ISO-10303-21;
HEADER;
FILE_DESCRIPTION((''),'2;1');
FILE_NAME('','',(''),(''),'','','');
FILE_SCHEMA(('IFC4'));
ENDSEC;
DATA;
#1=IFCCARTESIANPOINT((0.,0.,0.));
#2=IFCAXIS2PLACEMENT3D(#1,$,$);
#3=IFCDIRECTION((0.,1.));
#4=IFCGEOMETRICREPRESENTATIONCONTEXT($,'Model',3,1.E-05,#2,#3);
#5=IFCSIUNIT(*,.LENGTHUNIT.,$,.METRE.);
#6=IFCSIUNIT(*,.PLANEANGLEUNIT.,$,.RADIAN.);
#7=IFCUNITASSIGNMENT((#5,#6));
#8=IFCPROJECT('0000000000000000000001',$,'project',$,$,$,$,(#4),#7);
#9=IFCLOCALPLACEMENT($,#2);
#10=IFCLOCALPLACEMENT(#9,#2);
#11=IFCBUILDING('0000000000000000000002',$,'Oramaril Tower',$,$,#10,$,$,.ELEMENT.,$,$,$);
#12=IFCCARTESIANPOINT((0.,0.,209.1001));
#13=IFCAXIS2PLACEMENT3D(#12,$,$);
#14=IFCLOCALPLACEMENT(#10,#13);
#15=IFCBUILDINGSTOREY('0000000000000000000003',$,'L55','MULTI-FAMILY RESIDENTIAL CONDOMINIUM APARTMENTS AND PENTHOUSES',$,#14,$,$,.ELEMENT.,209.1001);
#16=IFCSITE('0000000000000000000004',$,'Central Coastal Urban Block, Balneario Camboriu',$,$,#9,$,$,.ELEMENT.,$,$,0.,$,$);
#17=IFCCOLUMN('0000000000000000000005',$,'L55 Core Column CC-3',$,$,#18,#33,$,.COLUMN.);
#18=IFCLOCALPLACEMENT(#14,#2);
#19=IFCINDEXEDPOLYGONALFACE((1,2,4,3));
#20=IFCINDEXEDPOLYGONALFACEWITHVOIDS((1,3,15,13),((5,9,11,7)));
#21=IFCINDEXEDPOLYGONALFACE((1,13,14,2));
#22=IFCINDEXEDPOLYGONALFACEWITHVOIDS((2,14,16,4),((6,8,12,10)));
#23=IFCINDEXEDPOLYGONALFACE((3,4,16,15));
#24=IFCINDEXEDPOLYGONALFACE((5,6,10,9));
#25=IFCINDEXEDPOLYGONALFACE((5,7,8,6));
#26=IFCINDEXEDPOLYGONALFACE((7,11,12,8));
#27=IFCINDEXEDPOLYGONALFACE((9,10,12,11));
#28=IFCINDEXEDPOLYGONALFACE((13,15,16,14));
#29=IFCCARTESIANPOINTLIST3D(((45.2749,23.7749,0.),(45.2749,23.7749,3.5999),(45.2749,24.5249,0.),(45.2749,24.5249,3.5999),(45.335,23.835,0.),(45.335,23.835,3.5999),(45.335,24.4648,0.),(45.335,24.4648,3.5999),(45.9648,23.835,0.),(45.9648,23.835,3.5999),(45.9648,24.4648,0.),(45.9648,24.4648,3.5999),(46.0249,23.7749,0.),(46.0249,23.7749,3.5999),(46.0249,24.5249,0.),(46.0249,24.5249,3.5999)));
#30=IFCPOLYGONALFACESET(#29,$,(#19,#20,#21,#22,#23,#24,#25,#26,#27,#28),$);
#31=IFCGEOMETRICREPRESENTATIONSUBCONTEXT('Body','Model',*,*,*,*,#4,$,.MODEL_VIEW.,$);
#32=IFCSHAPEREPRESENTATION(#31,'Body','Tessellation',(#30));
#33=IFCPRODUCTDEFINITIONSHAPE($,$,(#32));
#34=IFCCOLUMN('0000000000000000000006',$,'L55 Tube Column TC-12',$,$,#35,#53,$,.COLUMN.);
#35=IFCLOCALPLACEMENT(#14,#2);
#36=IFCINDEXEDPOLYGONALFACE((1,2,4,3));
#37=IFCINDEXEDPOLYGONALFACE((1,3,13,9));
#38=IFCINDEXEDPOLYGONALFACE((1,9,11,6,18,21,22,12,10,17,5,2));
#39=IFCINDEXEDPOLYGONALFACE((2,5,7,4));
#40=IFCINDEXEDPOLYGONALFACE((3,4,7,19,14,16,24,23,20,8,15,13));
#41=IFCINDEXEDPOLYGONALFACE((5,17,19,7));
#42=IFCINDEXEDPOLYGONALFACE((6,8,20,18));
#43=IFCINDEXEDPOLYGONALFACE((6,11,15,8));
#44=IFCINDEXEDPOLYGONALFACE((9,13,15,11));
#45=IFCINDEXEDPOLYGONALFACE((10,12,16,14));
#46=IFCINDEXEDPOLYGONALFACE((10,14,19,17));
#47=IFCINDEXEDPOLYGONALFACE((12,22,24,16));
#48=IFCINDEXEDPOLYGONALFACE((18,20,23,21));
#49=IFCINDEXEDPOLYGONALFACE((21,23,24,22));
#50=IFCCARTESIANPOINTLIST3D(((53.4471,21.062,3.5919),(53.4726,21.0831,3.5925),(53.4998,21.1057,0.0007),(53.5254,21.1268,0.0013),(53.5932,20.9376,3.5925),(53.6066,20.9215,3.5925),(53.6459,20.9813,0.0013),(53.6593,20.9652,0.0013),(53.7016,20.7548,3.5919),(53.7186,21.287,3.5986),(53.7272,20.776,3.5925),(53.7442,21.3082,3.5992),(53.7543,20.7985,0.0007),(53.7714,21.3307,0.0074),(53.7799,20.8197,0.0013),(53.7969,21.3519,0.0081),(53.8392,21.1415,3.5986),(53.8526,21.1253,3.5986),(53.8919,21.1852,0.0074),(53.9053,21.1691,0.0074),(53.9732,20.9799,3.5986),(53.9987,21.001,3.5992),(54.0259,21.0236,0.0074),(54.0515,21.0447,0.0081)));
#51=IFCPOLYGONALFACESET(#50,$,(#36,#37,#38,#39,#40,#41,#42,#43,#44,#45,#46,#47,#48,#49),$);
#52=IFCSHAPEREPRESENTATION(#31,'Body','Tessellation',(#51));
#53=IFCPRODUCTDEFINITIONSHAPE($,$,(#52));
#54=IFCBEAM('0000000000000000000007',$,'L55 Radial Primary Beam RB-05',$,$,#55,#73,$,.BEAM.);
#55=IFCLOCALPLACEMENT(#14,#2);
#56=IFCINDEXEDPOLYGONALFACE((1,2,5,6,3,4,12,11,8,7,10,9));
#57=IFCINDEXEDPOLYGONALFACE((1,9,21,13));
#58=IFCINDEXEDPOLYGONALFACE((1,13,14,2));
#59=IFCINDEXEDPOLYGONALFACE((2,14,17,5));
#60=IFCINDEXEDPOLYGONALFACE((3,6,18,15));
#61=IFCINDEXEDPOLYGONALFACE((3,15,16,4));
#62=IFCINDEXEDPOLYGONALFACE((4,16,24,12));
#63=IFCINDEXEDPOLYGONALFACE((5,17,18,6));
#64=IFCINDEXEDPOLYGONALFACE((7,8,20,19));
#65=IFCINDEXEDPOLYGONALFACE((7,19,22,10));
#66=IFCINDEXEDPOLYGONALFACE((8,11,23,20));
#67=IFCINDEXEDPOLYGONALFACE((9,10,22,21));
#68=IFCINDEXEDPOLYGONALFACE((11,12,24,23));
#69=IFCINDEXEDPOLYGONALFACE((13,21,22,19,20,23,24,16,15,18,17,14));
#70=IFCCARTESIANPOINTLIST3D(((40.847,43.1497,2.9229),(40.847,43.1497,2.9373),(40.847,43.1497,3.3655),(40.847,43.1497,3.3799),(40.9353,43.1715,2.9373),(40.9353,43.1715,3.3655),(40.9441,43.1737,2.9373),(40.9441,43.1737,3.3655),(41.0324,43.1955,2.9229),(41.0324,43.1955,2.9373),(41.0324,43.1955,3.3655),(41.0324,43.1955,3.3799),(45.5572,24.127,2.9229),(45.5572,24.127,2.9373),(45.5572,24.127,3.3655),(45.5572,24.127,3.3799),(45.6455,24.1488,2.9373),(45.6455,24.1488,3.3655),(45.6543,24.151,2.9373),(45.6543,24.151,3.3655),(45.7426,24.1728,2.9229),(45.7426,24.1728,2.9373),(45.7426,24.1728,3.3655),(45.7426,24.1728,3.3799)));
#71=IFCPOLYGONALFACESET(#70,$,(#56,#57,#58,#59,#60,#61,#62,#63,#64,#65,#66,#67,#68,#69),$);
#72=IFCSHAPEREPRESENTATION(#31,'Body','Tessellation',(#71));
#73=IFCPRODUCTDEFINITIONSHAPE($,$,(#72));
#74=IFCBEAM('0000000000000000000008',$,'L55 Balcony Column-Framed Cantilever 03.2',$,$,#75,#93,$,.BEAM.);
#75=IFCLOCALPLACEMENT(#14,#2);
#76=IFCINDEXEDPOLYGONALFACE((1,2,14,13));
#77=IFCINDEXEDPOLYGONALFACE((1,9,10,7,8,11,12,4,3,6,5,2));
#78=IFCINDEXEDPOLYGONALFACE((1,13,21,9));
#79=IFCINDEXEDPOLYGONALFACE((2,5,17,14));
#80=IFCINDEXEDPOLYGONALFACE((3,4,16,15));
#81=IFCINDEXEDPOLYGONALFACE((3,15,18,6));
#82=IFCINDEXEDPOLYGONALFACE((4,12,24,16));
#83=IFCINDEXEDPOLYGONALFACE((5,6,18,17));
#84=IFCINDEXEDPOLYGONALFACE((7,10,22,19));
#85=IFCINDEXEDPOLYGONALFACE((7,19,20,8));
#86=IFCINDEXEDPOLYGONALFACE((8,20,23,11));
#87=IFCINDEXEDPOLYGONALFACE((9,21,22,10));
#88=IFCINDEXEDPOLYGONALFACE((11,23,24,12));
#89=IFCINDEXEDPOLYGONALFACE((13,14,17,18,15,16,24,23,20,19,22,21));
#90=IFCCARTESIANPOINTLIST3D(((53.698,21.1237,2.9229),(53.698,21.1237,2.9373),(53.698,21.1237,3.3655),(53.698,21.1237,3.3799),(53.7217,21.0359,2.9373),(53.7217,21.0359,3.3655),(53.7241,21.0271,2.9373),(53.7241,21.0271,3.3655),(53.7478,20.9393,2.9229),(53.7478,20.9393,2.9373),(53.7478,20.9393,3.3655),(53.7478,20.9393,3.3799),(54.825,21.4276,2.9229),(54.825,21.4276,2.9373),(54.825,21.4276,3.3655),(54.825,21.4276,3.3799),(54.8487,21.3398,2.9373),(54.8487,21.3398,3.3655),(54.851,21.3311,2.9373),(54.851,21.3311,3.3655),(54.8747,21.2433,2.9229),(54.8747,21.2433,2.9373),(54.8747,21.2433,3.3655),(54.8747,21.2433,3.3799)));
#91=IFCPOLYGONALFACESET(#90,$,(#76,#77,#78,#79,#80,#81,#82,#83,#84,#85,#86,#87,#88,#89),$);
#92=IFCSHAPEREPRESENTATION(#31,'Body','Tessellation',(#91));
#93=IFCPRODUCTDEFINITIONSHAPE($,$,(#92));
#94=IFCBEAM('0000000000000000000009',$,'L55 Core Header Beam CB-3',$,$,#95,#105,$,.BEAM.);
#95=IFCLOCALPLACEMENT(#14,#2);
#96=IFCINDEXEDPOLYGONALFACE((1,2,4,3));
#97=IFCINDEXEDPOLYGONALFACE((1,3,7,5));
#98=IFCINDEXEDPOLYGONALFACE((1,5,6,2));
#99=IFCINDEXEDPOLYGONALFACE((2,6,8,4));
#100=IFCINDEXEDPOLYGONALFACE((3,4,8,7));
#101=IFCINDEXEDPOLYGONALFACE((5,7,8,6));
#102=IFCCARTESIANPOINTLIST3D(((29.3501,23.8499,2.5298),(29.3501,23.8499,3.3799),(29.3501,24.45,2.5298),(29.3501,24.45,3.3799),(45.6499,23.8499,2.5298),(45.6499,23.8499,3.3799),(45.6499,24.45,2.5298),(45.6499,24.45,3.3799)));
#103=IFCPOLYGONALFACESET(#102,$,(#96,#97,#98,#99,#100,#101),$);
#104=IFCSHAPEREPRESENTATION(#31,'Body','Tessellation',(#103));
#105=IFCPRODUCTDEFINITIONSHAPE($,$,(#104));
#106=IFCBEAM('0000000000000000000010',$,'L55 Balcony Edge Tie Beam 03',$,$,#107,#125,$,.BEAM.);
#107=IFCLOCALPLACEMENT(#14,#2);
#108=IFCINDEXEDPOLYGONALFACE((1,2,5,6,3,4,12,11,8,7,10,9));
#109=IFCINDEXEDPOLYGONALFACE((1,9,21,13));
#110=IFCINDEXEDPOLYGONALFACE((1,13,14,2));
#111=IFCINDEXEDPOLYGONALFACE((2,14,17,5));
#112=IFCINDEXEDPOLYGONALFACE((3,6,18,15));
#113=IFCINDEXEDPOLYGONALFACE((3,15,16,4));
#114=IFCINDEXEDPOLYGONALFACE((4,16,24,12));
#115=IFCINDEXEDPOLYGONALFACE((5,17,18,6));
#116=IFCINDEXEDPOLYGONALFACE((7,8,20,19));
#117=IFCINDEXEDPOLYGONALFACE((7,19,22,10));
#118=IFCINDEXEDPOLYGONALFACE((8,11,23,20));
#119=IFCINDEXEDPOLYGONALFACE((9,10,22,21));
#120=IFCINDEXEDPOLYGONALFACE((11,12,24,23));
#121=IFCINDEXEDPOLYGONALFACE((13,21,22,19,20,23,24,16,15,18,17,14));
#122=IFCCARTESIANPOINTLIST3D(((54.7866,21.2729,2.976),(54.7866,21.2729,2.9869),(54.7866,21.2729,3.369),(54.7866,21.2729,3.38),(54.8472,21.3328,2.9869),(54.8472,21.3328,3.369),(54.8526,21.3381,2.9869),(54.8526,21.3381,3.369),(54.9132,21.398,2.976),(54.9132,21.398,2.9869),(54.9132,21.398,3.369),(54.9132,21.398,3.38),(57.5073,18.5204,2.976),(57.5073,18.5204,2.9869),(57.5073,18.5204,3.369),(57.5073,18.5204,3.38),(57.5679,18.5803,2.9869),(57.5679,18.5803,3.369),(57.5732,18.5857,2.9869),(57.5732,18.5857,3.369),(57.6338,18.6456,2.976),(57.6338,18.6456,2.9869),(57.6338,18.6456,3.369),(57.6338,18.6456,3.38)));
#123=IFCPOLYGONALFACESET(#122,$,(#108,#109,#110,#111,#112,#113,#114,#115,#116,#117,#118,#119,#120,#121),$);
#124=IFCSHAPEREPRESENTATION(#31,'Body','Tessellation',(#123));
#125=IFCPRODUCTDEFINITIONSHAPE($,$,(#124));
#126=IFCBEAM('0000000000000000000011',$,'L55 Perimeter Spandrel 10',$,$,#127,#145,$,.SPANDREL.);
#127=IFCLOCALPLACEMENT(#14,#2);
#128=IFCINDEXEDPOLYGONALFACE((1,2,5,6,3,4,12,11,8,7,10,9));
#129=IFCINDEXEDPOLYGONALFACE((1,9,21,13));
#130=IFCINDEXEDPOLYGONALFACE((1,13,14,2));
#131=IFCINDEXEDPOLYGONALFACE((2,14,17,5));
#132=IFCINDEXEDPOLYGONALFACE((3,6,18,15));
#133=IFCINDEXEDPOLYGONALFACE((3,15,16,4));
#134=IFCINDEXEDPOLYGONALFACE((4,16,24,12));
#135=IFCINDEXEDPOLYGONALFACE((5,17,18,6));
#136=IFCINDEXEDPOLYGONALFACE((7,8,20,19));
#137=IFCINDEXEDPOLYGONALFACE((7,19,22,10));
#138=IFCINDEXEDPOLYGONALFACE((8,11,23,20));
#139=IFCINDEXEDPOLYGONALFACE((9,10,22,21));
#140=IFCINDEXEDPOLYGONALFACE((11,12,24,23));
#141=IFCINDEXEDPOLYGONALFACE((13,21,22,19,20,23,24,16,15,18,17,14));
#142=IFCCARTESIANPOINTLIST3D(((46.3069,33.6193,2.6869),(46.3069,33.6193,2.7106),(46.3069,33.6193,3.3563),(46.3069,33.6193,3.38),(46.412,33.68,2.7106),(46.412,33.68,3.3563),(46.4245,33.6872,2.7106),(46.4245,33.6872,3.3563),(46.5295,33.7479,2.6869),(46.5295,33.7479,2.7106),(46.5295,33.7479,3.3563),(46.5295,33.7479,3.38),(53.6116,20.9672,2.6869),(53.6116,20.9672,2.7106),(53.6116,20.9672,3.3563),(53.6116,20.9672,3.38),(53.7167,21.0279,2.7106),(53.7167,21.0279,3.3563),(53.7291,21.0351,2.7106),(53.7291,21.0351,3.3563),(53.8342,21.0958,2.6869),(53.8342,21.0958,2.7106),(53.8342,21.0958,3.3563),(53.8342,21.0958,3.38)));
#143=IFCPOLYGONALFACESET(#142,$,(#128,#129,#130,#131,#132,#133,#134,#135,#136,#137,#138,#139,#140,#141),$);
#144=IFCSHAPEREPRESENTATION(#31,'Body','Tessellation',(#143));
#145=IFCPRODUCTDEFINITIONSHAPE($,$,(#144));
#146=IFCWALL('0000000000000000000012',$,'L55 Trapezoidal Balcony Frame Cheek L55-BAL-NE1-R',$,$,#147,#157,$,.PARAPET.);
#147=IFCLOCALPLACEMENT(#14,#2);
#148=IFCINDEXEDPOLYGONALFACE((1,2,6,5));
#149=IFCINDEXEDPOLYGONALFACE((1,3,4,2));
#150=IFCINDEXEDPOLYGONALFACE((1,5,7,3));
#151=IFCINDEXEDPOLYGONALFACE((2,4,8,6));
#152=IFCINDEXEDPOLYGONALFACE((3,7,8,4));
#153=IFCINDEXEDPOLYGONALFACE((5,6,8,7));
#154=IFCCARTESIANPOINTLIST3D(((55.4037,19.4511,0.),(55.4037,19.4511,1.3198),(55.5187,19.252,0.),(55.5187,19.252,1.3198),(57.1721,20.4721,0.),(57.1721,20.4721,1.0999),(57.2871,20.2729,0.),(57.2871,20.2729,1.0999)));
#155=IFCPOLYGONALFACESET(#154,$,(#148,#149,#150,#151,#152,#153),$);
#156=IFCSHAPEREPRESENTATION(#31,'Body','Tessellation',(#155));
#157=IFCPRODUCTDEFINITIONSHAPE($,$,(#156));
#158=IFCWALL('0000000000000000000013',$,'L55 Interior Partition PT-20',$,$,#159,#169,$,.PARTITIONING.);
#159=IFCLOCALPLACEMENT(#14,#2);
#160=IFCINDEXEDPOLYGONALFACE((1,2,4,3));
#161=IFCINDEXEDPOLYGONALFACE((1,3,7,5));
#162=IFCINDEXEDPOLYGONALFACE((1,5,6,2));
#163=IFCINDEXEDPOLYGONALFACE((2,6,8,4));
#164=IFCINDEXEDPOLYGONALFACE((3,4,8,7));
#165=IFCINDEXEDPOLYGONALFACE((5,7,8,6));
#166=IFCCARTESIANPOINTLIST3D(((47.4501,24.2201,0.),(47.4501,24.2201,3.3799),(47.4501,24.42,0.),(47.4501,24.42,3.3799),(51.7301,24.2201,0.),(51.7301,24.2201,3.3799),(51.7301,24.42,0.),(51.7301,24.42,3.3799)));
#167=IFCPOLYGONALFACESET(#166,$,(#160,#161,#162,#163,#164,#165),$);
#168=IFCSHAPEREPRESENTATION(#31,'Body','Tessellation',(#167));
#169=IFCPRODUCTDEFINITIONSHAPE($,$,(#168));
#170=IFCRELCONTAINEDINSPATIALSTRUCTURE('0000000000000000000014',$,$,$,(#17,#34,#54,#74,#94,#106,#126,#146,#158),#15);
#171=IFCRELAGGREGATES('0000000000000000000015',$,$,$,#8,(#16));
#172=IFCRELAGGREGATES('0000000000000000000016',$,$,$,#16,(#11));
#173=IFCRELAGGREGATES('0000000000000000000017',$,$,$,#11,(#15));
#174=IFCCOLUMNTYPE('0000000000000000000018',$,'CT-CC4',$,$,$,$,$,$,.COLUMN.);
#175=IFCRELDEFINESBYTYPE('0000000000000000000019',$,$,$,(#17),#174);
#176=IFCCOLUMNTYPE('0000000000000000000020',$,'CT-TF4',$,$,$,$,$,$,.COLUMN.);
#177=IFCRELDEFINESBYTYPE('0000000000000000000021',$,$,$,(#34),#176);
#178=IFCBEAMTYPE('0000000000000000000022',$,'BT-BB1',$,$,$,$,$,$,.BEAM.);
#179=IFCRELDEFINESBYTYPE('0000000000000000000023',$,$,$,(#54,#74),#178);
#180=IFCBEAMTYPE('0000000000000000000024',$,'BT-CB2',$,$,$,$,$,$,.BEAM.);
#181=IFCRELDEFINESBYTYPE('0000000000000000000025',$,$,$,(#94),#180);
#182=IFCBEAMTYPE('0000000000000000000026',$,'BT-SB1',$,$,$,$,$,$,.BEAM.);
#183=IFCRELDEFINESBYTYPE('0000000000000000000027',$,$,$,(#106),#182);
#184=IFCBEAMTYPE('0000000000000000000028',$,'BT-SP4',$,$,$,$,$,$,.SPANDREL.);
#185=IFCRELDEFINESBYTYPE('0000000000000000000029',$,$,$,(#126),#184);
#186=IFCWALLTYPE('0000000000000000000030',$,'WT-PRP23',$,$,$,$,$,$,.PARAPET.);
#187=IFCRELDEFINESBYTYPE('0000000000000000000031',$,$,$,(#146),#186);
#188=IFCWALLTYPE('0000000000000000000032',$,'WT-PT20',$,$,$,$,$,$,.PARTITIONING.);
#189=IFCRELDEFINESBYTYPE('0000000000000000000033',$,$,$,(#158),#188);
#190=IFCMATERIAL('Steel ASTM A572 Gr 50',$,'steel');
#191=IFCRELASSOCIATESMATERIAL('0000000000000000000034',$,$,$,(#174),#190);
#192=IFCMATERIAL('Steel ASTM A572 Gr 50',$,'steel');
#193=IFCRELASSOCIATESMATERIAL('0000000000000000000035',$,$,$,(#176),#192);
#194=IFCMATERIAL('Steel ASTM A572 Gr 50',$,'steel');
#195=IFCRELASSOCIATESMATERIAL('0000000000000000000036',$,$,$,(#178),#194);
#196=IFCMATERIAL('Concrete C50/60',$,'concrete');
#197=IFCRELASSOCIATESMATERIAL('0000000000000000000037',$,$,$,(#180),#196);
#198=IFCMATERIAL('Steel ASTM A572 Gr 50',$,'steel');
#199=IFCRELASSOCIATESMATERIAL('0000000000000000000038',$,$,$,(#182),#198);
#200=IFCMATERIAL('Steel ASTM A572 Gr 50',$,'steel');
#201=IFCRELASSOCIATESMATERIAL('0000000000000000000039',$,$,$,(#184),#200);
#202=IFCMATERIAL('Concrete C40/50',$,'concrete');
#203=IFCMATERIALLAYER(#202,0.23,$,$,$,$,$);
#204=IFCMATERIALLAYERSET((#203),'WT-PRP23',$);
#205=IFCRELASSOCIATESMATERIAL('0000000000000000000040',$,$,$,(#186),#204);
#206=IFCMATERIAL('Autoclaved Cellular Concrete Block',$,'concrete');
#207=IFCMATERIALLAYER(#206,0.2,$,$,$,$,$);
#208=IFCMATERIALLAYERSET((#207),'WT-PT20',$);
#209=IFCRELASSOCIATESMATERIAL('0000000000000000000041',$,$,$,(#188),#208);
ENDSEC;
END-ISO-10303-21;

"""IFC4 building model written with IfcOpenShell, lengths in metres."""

from ifc_helpers import new_model, si_unit, direction, frame, frame_2d, origin, origin_2d, place, context, subcontext, project, spatial, polyline, rectangle, hollow_rectangle, i_section, outline, extrude, material, layer, layer_set, material_profile, profile_set, type_object, element, save


model = new_model("IFC4")

# Units and contexts
model_context = context("Model", 3, precision=1e-05, world=origin(), true_north=direction((0.0, 1.0)))
body_context = subcontext(model_context, "Body", "Model", "MODEL_VIEW")
ifc_project = project(units=[si_unit("LENGTHUNIT", "METRE"), si_unit("PLANEANGLEUNIT", "RADIAN")], contexts=[model_context])

# Site, building, storey
site_placement = place(None, origin())
site = spatial("IfcSite", under=ifc_project, at=site_placement, Name="Central Coastal Urban Block, Balneario Camboriu", CompositionType="ELEMENT", RefElevation=0.0)
building_placement = place(site_placement, origin())
building = spatial("IfcBuilding", under=site, at=building_placement, Name="Oramaril Tower", CompositionType="ELEMENT")
storey_placement = place(building_placement, frame((0.0, 0.0, 209.1001)))
storey = spatial("IfcBuildingStorey", under=building, at=storey_placement, Name="L55", Description="MULTI-FAMILY RESIDENTIAL CONDOMINIUM APARTMENTS AND PENTHOUSES", CompositionType="ELEMENT", Elevation=209.1001)

# Columns
ifc_material_1 = material(Name="Steel ASTM A572 Gr 50", Category="steel")
ifc_material_profile_1 = material_profile(ifc_material_1, hollow_rectangle(XDim=0.75, YDim=0.75, WallThickness=0.0601, at=origin_2d()), Name="BOX750X750X60")
ifc_profile_set_1 = profile_set([ifc_material_profile_1], Name="Steel ASTM A572 Gr 50")
column_type_1 = type_object("IfcColumnType", Name="CT-CC4", PredefinedType="COLUMN", material=ifc_profile_set_1)
column_1_placement = place(storey_placement, frame((45.6499, 24.1499, 0.0), z_axis=(0.0, 0.0, 1.0), x_axis=(1.0, 0.0, 0.0)))
element("IfcColumn", 1, at=column_1_placement, inside=storey, type_object=column_type_1, Name="L55 Core Column CC-3", PredefinedType="COLUMN", context=body_context, shape_type="SweptSolid", body=[
    extrude(hollow_rectangle(XDim=0.75, YDim=0.75, WallThickness=0.0601, at=origin_2d()), origin(), (0.0, 0.0, 1.0), 3.5999),
])
ifc_material_2 = material(Name="Steel ASTM A572 Gr 50", Category="steel")
ifc_material_profile_2 = material_profile(ifc_material_2, i_section(OverallWidth=0.3989, OverallDepth=0.386, WebThickness=0.021, FlangeThickness=0.0332, at=origin_2d()), Name="W14X176")
ifc_profile_set_2 = profile_set([ifc_material_profile_2], Name="Steel ASTM A572 Gr 50")
column_type_2 = type_object("IfcColumnType", Name="CT-TF4", PredefinedType="COLUMN", material=ifc_profile_set_2)
column_2_placement = place(storey_placement, frame((53.7756, 21.0752, 0.0044), z_axis=(-0.014682, -0.012167, 0.999818), x_axis=(0.638078, -0.769972, 0.0)))
element("IfcColumn", 2, at=column_2_placement, inside=storey, type_object=column_type_2, Name="L55 Tube Column TC-12", PredefinedType="COLUMN", context=body_context, shape_type="SweptSolid", body=[
    extrude(i_section(OverallWidth=0.3989, OverallDepth=0.386, WebThickness=0.021, FlangeThickness=0.0332, at=origin_2d()), origin(), (0.0, 0.0, 1.0), 3.5918),
])

# Beams
ifc_material_3 = material(Name="Steel ASTM A572 Gr 50", Category="steel")
ifc_material_profile_3 = material_profile(ifc_material_3, i_section(OverallWidth=0.1909, OverallDepth=0.457, WebThickness=0.009, FlangeThickness=0.0144, at=origin_2d()), Name="W18X50")
ifc_profile_set_3 = profile_set([ifc_material_profile_3], Name="Steel ASTM A572 Gr 50")
beam_type_1 = type_object("IfcBeamType", Name="BT-BB1", PredefinedType="BEAM", material=ifc_profile_set_3)
beam_1_placement = place(storey_placement, frame((45.6499, 24.1499, 3.1514), z_axis=(-0.240351, 0.970686, 0.0), x_axis=(-0.970686, -0.240351, 0.0)))
element("IfcBeam", 3, at=beam_1_placement, inside=storey, type_object=beam_type_1, Name="L55 Radial Primary Beam RB-05", PredefinedType="BEAM", context=body_context, shape_type="SweptSolid", body=[
    extrude(i_section(OverallWidth=0.1909, OverallDepth=0.457, WebThickness=0.009, FlangeThickness=0.0144, at=origin_2d()), origin(), (0.0, 0.0, 1.0), 19.5972),
])
beam_2_placement = place(storey_placement, frame((53.7229, 21.0315, 3.1514), z_axis=(0.965499, 0.260409, 0.0), x_axis=(-0.260409, 0.965499, 0.0)))
element("IfcBeam", 4, at=beam_2_placement, inside=storey, type_object=beam_type_1, Name="L55 Balcony Column-Framed Cantilever 03.2", PredefinedType="BEAM", context=body_context, shape_type="SweptSolid", body=[
    extrude(i_section(OverallWidth=0.1909, OverallDepth=0.457, WebThickness=0.009, FlangeThickness=0.0144, at=origin_2d()), origin(), (0.0, 0.0, 1.0), 1.1672),
])
ifc_material_4 = material(Name="Concrete C50/60", Category="concrete")
ifc_material_profile_4 = material_profile(ifc_material_4, rectangle(XDim=0.6001, YDim=0.8501, at=origin_2d()), Name="CB600X850")
ifc_profile_set_4 = profile_set([ifc_material_profile_4], Name="Concrete C50/60")
beam_type_2 = type_object("IfcBeamType", Name="BT-CB2", PredefinedType="BEAM", material=ifc_profile_set_4)
beam_3_placement = place(storey_placement, frame((45.6499, 24.1499, 2.9548), z_axis=(-1.0, 0.0, 0.0), x_axis=(0.0, -1.0, 0.0)))
element("IfcBeam", 5, at=beam_3_placement, inside=storey, type_object=beam_type_2, Name="L55 Core Header Beam CB-3", PredefinedType="BEAM", context=body_context, shape_type="SweptSolid", body=[
    extrude(rectangle(XDim=0.6001, YDim=0.8501, at=origin_2d()), origin(), (0.0, 0.0, 1.0), 16.2998),
])
ifc_material_5 = material(Name="Steel ASTM A572 Gr 50", Category="steel")
ifc_material_profile_5 = material_profile(ifc_material_5, i_section(OverallWidth=0.178, OverallDepth=0.4041, WebThickness=0.0076, FlangeThickness=0.011, at=origin_2d()), Name="W16X36")
ifc_profile_set_5 = profile_set([ifc_material_profile_5], Name="Steel ASTM A572 Gr 50")
beam_type_3 = type_object("IfcBeamType", Name="BT-SB1", PredefinedType="BEAM", material=ifc_profile_set_5)
beam_4_placement = place(storey_placement, frame((57.5706, 18.583, 3.178), z_axis=(-0.702995, 0.711195, 0.0), x_axis=(-0.711195, -0.702995, 0.0)))
element("IfcBeam", 6, at=beam_4_placement, inside=storey, type_object=beam_type_3, Name="L55 Balcony Edge Tie Beam 03", PredefinedType="BEAM", context=body_context, shape_type="SweptSolid", body=[
    extrude(i_section(OverallWidth=0.178, OverallDepth=0.4041, WebThickness=0.0076, FlangeThickness=0.011, at=origin_2d()), origin(), (0.0, 0.0, 1.0), 3.8701),
])
ifc_material_6 = material(Name="Steel ASTM A572 Gr 50", Category="steel")
ifc_material_profile_6 = material_profile(ifc_material_6, i_section(OverallWidth=0.2571, OverallDepth=0.6931, WebThickness=0.0144, FlangeThickness=0.0237, at=origin_2d()), Name="W27X114")
ifc_profile_set_6 = profile_set([ifc_material_profile_6], Name="Steel ASTM A572 Gr 50")
beam_type_4 = type_object("IfcBeamType", Name="BT-SP4", PredefinedType="SPANDREL", material=ifc_profile_set_6)
beam_5_placement = place(storey_placement, frame((53.7229, 21.0315, 3.0334), z_axis=(-0.5, 0.866026, 0.0), x_axis=(-0.866026, -0.5, 0.0)))
element("IfcBeam", 7, at=beam_5_placement, inside=storey, type_object=beam_type_4, Name="L55 Perimeter Spandrel 10", PredefinedType="SPANDREL", context=body_context, shape_type="SweptSolid", body=[
    extrude(i_section(OverallWidth=0.2571, OverallDepth=0.6931, WebThickness=0.0144, FlangeThickness=0.0237, at=origin_2d()), origin(), (0.0, 0.0, 1.0), 14.6094),
])

# Walls
ifc_material_7 = material(Name="Concrete C40/50", Category="concrete")
ifc_layer_1 = layer(ifc_material_7, 0.23)
ifc_layer_set_1 = layer_set([ifc_layer_1], Name="WT-PRP23")
wall_type_1 = type_object("IfcWallType", Name="WT-PRP23", PredefinedType="PARAPET", material=ifc_layer_set_1)
wall_1_placement = place(storey_placement, frame((55.4612, 19.3516, 0.0), z_axis=(0.0, 0.0, 1.0), x_axis=(0.866042, 0.499971, 0.0)))
element("IfcWall", 8, at=wall_1_placement, inside=storey, type_object=wall_type_1, Name="L55 Trapezoidal Balcony Frame Cheek L55-BAL-NE1-R", PredefinedType="PARAPET", context=body_context, shape_type="SweptSolid", body=[
    extrude(outline(polyline([(0.0, 0.0), (2.042, 0.0), (2.042, 1.0999), (0.0, 1.3198), (0.0, 0.0)])), frame((0.0, 0.115, 0.0), z_axis=(0.0, -1.0, 0.0), x_axis=(1.0, 0.0, 0.0)), (0.0, 0.0, 1.0), 0.23),
])
ifc_material_8 = material(Name="Autoclaved Cellular Concrete Block", Category="concrete")
ifc_layer_2 = layer(ifc_material_8, 0.2)
ifc_layer_set_2 = layer_set([ifc_layer_2], Name="WT-PT20")
wall_type_2 = type_object("IfcWallType", Name="WT-PT20", PredefinedType="PARTITIONING", material=ifc_layer_set_2)
wall_2_placement = place(storey_placement, frame((47.45, 24.3201, 0.0), z_axis=(0.0, 0.0, 1.0), x_axis=(1.0, 0.0, 0.0)))
element("IfcWall", 9, at=wall_2_placement, inside=storey, type_object=wall_type_2, Name="L55 Interior Partition PT-20", PredefinedType="PARTITIONING", context=body_context, shape_type="SweptSolid", body=[
    extrude(rectangle(XDim=4.28, YDim=0.2, at=frame_2d((2.1401, 0.0))), origin(), (0.0, 0.0, 1.0), 3.3799),
])

save(model, "model.ifc")
